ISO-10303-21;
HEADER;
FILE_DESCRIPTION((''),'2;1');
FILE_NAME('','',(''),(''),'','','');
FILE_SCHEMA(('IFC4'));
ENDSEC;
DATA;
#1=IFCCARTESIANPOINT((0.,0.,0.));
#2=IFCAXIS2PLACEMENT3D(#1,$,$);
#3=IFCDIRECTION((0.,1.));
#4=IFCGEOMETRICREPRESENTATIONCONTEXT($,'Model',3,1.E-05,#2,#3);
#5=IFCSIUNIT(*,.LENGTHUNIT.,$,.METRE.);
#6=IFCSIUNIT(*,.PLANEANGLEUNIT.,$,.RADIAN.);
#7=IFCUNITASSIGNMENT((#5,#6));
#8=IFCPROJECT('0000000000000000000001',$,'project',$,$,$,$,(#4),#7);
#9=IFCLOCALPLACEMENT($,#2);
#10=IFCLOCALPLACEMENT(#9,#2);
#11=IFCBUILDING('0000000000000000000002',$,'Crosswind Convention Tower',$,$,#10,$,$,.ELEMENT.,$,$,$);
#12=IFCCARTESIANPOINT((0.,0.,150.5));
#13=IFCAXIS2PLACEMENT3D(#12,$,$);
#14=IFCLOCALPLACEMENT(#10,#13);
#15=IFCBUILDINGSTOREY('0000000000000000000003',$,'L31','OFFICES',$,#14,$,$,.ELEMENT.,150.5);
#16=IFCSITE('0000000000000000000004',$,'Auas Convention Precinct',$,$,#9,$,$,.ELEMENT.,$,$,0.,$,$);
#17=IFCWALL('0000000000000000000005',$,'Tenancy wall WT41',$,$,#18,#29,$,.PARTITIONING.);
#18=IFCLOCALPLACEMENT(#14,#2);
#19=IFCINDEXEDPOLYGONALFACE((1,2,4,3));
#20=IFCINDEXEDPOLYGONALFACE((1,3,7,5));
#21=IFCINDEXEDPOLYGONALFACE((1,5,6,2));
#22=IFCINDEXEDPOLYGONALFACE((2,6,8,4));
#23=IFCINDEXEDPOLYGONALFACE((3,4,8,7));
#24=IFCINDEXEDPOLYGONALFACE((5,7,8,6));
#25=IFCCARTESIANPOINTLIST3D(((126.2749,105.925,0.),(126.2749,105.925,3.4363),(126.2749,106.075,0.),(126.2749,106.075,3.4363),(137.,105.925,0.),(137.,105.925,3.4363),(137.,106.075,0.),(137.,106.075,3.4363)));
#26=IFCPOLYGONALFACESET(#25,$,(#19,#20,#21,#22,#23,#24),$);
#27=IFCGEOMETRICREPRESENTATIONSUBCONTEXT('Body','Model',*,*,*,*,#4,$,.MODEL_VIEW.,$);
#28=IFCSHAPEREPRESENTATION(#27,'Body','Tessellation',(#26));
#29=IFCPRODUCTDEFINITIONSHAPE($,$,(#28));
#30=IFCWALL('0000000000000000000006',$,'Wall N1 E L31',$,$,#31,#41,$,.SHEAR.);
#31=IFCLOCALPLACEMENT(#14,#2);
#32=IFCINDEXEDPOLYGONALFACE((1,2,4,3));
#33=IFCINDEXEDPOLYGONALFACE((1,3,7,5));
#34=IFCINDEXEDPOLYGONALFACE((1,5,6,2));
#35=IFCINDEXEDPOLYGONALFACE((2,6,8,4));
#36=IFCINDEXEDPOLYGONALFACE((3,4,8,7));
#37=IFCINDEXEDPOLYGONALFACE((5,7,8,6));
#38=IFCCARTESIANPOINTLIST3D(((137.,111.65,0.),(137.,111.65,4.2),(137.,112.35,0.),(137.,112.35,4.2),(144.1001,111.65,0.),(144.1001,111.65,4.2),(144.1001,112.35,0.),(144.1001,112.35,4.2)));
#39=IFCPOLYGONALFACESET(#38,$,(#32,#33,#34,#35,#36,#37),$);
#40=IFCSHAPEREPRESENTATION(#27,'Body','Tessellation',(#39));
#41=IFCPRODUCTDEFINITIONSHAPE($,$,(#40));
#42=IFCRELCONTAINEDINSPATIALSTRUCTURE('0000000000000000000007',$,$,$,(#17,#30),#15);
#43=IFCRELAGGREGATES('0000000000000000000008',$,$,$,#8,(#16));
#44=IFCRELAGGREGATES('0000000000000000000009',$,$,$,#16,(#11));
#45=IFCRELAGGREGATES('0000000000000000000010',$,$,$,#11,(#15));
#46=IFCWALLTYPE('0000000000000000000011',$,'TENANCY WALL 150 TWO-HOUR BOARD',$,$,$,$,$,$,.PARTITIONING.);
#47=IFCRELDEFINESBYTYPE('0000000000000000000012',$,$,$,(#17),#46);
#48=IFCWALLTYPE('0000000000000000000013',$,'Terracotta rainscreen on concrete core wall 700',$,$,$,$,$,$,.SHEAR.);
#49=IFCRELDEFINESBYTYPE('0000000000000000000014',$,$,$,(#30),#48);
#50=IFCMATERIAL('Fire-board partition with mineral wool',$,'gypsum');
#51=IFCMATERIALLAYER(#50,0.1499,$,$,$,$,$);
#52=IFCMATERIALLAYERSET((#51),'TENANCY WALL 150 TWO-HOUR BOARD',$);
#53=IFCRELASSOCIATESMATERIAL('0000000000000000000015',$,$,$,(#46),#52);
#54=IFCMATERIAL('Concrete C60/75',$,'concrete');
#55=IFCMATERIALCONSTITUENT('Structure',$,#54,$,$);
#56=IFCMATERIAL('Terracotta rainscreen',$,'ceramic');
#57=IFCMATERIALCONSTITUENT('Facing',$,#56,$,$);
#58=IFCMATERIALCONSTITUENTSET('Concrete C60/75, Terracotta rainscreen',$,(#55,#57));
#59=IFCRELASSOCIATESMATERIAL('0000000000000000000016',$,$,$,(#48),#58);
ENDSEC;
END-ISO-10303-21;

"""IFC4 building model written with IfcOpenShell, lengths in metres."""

from ifc_helpers import new_model, si_unit, direction, frame, frame_2d, origin, place, context, subcontext, project, spatial, rectangle, extrude, material, layer, layer_set, constituent, constituent_set, type_object, element, save


model = new_model("IFC4")

# Units and contexts
model_context = context("Model", 3, precision=1e-05, world=origin(), true_north=direction((0.0, 1.0)))
body_context = subcontext(model_context, "Body", "Model", "MODEL_VIEW")
ifc_project = project(units=[si_unit("LENGTHUNIT", "METRE"), si_unit("PLANEANGLEUNIT", "RADIAN")], contexts=[model_context])

# Site, building, storey
site_placement = place(None, origin())
site = spatial("IfcSite", under=ifc_project, at=site_placement, Name="Auas Convention Precinct", CompositionType="ELEMENT", RefElevation=0.0)
building_placement = place(site_placement, origin())
building = spatial("IfcBuilding", under=site, at=building_placement, Name="Crosswind Convention Tower", CompositionType="ELEMENT")
storey_placement = place(building_placement, frame((0.0, 0.0, 150.5)))
storey = spatial("IfcBuildingStorey", under=building, at=storey_placement, Name="L31", Description="OFFICES", CompositionType="ELEMENT", Elevation=150.5)

# Shared definitions
ifc_material_1 = material(Name="Fire-board partition with mineral wool", Category="gypsum")
ifc_layer_1 = layer(ifc_material_1, 0.1499)
ifc_layer_set_1 = layer_set([ifc_layer_1], Name="TENANCY WALL 150 TWO-HOUR BOARD")
wall_type_1 = type_object("IfcWallType", Name="TENANCY WALL 150 TWO-HOUR BOARD", PredefinedType="PARTITIONING", material=ifc_layer_set_1)

# Walls
wall_1_placement = place(storey_placement, frame((126.2749, 106.0, 0.0), z_axis=(0.0, 0.0, 1.0), x_axis=(1.0, 0.0, 0.0)))
element("IfcWall", 1, at=wall_1_placement, inside=storey, type_object=wall_type_1, Name="Tenancy wall WT41", PredefinedType="PARTITIONING", context=body_context, shape_type="SweptSolid", body=[
    extrude(rectangle(XDim=10.7251, YDim=0.1499, at=frame_2d((5.3625, 0.0))), origin(), (0.0, 0.0, 1.0), 3.4363),
])
ifc_material_2 = material(Name="Concrete C60/75", Category="concrete")
ifc_constituent_1 = constituent(ifc_material_2, Name="Structure")
ifc_material_3 = material(Name="Terracotta rainscreen", Category="ceramic")
ifc_constituent_2 = constituent(ifc_material_3, Name="Facing")
ifc_constituent_set = constituent_set(constituents=[ifc_constituent_1, ifc_constituent_2], Name="Concrete C60/75, Terracotta rainscreen")
wall_type_2 = type_object("IfcWallType", Name="Terracotta rainscreen on concrete core wall 700", PredefinedType="SHEAR", material=ifc_constituent_set)
wall_2_placement = place(storey_placement, frame((137.0, 112.0, 0.0), z_axis=(0.0, 0.0, 1.0), x_axis=(1.0, 0.0, 0.0)))
element("IfcWall", 2, at=wall_2_placement, inside=storey, type_object=wall_type_2, Name="Wall N1 E L31", PredefinedType="SHEAR", context=body_context, shape_type="SweptSolid", body=[
    extrude(rectangle(XDim=7.1001, YDim=0.7, at=frame_2d((3.55, 0.0))), origin(), (0.0, 0.0, 1.0), 4.2),
])

save(model, "model.ifc")
